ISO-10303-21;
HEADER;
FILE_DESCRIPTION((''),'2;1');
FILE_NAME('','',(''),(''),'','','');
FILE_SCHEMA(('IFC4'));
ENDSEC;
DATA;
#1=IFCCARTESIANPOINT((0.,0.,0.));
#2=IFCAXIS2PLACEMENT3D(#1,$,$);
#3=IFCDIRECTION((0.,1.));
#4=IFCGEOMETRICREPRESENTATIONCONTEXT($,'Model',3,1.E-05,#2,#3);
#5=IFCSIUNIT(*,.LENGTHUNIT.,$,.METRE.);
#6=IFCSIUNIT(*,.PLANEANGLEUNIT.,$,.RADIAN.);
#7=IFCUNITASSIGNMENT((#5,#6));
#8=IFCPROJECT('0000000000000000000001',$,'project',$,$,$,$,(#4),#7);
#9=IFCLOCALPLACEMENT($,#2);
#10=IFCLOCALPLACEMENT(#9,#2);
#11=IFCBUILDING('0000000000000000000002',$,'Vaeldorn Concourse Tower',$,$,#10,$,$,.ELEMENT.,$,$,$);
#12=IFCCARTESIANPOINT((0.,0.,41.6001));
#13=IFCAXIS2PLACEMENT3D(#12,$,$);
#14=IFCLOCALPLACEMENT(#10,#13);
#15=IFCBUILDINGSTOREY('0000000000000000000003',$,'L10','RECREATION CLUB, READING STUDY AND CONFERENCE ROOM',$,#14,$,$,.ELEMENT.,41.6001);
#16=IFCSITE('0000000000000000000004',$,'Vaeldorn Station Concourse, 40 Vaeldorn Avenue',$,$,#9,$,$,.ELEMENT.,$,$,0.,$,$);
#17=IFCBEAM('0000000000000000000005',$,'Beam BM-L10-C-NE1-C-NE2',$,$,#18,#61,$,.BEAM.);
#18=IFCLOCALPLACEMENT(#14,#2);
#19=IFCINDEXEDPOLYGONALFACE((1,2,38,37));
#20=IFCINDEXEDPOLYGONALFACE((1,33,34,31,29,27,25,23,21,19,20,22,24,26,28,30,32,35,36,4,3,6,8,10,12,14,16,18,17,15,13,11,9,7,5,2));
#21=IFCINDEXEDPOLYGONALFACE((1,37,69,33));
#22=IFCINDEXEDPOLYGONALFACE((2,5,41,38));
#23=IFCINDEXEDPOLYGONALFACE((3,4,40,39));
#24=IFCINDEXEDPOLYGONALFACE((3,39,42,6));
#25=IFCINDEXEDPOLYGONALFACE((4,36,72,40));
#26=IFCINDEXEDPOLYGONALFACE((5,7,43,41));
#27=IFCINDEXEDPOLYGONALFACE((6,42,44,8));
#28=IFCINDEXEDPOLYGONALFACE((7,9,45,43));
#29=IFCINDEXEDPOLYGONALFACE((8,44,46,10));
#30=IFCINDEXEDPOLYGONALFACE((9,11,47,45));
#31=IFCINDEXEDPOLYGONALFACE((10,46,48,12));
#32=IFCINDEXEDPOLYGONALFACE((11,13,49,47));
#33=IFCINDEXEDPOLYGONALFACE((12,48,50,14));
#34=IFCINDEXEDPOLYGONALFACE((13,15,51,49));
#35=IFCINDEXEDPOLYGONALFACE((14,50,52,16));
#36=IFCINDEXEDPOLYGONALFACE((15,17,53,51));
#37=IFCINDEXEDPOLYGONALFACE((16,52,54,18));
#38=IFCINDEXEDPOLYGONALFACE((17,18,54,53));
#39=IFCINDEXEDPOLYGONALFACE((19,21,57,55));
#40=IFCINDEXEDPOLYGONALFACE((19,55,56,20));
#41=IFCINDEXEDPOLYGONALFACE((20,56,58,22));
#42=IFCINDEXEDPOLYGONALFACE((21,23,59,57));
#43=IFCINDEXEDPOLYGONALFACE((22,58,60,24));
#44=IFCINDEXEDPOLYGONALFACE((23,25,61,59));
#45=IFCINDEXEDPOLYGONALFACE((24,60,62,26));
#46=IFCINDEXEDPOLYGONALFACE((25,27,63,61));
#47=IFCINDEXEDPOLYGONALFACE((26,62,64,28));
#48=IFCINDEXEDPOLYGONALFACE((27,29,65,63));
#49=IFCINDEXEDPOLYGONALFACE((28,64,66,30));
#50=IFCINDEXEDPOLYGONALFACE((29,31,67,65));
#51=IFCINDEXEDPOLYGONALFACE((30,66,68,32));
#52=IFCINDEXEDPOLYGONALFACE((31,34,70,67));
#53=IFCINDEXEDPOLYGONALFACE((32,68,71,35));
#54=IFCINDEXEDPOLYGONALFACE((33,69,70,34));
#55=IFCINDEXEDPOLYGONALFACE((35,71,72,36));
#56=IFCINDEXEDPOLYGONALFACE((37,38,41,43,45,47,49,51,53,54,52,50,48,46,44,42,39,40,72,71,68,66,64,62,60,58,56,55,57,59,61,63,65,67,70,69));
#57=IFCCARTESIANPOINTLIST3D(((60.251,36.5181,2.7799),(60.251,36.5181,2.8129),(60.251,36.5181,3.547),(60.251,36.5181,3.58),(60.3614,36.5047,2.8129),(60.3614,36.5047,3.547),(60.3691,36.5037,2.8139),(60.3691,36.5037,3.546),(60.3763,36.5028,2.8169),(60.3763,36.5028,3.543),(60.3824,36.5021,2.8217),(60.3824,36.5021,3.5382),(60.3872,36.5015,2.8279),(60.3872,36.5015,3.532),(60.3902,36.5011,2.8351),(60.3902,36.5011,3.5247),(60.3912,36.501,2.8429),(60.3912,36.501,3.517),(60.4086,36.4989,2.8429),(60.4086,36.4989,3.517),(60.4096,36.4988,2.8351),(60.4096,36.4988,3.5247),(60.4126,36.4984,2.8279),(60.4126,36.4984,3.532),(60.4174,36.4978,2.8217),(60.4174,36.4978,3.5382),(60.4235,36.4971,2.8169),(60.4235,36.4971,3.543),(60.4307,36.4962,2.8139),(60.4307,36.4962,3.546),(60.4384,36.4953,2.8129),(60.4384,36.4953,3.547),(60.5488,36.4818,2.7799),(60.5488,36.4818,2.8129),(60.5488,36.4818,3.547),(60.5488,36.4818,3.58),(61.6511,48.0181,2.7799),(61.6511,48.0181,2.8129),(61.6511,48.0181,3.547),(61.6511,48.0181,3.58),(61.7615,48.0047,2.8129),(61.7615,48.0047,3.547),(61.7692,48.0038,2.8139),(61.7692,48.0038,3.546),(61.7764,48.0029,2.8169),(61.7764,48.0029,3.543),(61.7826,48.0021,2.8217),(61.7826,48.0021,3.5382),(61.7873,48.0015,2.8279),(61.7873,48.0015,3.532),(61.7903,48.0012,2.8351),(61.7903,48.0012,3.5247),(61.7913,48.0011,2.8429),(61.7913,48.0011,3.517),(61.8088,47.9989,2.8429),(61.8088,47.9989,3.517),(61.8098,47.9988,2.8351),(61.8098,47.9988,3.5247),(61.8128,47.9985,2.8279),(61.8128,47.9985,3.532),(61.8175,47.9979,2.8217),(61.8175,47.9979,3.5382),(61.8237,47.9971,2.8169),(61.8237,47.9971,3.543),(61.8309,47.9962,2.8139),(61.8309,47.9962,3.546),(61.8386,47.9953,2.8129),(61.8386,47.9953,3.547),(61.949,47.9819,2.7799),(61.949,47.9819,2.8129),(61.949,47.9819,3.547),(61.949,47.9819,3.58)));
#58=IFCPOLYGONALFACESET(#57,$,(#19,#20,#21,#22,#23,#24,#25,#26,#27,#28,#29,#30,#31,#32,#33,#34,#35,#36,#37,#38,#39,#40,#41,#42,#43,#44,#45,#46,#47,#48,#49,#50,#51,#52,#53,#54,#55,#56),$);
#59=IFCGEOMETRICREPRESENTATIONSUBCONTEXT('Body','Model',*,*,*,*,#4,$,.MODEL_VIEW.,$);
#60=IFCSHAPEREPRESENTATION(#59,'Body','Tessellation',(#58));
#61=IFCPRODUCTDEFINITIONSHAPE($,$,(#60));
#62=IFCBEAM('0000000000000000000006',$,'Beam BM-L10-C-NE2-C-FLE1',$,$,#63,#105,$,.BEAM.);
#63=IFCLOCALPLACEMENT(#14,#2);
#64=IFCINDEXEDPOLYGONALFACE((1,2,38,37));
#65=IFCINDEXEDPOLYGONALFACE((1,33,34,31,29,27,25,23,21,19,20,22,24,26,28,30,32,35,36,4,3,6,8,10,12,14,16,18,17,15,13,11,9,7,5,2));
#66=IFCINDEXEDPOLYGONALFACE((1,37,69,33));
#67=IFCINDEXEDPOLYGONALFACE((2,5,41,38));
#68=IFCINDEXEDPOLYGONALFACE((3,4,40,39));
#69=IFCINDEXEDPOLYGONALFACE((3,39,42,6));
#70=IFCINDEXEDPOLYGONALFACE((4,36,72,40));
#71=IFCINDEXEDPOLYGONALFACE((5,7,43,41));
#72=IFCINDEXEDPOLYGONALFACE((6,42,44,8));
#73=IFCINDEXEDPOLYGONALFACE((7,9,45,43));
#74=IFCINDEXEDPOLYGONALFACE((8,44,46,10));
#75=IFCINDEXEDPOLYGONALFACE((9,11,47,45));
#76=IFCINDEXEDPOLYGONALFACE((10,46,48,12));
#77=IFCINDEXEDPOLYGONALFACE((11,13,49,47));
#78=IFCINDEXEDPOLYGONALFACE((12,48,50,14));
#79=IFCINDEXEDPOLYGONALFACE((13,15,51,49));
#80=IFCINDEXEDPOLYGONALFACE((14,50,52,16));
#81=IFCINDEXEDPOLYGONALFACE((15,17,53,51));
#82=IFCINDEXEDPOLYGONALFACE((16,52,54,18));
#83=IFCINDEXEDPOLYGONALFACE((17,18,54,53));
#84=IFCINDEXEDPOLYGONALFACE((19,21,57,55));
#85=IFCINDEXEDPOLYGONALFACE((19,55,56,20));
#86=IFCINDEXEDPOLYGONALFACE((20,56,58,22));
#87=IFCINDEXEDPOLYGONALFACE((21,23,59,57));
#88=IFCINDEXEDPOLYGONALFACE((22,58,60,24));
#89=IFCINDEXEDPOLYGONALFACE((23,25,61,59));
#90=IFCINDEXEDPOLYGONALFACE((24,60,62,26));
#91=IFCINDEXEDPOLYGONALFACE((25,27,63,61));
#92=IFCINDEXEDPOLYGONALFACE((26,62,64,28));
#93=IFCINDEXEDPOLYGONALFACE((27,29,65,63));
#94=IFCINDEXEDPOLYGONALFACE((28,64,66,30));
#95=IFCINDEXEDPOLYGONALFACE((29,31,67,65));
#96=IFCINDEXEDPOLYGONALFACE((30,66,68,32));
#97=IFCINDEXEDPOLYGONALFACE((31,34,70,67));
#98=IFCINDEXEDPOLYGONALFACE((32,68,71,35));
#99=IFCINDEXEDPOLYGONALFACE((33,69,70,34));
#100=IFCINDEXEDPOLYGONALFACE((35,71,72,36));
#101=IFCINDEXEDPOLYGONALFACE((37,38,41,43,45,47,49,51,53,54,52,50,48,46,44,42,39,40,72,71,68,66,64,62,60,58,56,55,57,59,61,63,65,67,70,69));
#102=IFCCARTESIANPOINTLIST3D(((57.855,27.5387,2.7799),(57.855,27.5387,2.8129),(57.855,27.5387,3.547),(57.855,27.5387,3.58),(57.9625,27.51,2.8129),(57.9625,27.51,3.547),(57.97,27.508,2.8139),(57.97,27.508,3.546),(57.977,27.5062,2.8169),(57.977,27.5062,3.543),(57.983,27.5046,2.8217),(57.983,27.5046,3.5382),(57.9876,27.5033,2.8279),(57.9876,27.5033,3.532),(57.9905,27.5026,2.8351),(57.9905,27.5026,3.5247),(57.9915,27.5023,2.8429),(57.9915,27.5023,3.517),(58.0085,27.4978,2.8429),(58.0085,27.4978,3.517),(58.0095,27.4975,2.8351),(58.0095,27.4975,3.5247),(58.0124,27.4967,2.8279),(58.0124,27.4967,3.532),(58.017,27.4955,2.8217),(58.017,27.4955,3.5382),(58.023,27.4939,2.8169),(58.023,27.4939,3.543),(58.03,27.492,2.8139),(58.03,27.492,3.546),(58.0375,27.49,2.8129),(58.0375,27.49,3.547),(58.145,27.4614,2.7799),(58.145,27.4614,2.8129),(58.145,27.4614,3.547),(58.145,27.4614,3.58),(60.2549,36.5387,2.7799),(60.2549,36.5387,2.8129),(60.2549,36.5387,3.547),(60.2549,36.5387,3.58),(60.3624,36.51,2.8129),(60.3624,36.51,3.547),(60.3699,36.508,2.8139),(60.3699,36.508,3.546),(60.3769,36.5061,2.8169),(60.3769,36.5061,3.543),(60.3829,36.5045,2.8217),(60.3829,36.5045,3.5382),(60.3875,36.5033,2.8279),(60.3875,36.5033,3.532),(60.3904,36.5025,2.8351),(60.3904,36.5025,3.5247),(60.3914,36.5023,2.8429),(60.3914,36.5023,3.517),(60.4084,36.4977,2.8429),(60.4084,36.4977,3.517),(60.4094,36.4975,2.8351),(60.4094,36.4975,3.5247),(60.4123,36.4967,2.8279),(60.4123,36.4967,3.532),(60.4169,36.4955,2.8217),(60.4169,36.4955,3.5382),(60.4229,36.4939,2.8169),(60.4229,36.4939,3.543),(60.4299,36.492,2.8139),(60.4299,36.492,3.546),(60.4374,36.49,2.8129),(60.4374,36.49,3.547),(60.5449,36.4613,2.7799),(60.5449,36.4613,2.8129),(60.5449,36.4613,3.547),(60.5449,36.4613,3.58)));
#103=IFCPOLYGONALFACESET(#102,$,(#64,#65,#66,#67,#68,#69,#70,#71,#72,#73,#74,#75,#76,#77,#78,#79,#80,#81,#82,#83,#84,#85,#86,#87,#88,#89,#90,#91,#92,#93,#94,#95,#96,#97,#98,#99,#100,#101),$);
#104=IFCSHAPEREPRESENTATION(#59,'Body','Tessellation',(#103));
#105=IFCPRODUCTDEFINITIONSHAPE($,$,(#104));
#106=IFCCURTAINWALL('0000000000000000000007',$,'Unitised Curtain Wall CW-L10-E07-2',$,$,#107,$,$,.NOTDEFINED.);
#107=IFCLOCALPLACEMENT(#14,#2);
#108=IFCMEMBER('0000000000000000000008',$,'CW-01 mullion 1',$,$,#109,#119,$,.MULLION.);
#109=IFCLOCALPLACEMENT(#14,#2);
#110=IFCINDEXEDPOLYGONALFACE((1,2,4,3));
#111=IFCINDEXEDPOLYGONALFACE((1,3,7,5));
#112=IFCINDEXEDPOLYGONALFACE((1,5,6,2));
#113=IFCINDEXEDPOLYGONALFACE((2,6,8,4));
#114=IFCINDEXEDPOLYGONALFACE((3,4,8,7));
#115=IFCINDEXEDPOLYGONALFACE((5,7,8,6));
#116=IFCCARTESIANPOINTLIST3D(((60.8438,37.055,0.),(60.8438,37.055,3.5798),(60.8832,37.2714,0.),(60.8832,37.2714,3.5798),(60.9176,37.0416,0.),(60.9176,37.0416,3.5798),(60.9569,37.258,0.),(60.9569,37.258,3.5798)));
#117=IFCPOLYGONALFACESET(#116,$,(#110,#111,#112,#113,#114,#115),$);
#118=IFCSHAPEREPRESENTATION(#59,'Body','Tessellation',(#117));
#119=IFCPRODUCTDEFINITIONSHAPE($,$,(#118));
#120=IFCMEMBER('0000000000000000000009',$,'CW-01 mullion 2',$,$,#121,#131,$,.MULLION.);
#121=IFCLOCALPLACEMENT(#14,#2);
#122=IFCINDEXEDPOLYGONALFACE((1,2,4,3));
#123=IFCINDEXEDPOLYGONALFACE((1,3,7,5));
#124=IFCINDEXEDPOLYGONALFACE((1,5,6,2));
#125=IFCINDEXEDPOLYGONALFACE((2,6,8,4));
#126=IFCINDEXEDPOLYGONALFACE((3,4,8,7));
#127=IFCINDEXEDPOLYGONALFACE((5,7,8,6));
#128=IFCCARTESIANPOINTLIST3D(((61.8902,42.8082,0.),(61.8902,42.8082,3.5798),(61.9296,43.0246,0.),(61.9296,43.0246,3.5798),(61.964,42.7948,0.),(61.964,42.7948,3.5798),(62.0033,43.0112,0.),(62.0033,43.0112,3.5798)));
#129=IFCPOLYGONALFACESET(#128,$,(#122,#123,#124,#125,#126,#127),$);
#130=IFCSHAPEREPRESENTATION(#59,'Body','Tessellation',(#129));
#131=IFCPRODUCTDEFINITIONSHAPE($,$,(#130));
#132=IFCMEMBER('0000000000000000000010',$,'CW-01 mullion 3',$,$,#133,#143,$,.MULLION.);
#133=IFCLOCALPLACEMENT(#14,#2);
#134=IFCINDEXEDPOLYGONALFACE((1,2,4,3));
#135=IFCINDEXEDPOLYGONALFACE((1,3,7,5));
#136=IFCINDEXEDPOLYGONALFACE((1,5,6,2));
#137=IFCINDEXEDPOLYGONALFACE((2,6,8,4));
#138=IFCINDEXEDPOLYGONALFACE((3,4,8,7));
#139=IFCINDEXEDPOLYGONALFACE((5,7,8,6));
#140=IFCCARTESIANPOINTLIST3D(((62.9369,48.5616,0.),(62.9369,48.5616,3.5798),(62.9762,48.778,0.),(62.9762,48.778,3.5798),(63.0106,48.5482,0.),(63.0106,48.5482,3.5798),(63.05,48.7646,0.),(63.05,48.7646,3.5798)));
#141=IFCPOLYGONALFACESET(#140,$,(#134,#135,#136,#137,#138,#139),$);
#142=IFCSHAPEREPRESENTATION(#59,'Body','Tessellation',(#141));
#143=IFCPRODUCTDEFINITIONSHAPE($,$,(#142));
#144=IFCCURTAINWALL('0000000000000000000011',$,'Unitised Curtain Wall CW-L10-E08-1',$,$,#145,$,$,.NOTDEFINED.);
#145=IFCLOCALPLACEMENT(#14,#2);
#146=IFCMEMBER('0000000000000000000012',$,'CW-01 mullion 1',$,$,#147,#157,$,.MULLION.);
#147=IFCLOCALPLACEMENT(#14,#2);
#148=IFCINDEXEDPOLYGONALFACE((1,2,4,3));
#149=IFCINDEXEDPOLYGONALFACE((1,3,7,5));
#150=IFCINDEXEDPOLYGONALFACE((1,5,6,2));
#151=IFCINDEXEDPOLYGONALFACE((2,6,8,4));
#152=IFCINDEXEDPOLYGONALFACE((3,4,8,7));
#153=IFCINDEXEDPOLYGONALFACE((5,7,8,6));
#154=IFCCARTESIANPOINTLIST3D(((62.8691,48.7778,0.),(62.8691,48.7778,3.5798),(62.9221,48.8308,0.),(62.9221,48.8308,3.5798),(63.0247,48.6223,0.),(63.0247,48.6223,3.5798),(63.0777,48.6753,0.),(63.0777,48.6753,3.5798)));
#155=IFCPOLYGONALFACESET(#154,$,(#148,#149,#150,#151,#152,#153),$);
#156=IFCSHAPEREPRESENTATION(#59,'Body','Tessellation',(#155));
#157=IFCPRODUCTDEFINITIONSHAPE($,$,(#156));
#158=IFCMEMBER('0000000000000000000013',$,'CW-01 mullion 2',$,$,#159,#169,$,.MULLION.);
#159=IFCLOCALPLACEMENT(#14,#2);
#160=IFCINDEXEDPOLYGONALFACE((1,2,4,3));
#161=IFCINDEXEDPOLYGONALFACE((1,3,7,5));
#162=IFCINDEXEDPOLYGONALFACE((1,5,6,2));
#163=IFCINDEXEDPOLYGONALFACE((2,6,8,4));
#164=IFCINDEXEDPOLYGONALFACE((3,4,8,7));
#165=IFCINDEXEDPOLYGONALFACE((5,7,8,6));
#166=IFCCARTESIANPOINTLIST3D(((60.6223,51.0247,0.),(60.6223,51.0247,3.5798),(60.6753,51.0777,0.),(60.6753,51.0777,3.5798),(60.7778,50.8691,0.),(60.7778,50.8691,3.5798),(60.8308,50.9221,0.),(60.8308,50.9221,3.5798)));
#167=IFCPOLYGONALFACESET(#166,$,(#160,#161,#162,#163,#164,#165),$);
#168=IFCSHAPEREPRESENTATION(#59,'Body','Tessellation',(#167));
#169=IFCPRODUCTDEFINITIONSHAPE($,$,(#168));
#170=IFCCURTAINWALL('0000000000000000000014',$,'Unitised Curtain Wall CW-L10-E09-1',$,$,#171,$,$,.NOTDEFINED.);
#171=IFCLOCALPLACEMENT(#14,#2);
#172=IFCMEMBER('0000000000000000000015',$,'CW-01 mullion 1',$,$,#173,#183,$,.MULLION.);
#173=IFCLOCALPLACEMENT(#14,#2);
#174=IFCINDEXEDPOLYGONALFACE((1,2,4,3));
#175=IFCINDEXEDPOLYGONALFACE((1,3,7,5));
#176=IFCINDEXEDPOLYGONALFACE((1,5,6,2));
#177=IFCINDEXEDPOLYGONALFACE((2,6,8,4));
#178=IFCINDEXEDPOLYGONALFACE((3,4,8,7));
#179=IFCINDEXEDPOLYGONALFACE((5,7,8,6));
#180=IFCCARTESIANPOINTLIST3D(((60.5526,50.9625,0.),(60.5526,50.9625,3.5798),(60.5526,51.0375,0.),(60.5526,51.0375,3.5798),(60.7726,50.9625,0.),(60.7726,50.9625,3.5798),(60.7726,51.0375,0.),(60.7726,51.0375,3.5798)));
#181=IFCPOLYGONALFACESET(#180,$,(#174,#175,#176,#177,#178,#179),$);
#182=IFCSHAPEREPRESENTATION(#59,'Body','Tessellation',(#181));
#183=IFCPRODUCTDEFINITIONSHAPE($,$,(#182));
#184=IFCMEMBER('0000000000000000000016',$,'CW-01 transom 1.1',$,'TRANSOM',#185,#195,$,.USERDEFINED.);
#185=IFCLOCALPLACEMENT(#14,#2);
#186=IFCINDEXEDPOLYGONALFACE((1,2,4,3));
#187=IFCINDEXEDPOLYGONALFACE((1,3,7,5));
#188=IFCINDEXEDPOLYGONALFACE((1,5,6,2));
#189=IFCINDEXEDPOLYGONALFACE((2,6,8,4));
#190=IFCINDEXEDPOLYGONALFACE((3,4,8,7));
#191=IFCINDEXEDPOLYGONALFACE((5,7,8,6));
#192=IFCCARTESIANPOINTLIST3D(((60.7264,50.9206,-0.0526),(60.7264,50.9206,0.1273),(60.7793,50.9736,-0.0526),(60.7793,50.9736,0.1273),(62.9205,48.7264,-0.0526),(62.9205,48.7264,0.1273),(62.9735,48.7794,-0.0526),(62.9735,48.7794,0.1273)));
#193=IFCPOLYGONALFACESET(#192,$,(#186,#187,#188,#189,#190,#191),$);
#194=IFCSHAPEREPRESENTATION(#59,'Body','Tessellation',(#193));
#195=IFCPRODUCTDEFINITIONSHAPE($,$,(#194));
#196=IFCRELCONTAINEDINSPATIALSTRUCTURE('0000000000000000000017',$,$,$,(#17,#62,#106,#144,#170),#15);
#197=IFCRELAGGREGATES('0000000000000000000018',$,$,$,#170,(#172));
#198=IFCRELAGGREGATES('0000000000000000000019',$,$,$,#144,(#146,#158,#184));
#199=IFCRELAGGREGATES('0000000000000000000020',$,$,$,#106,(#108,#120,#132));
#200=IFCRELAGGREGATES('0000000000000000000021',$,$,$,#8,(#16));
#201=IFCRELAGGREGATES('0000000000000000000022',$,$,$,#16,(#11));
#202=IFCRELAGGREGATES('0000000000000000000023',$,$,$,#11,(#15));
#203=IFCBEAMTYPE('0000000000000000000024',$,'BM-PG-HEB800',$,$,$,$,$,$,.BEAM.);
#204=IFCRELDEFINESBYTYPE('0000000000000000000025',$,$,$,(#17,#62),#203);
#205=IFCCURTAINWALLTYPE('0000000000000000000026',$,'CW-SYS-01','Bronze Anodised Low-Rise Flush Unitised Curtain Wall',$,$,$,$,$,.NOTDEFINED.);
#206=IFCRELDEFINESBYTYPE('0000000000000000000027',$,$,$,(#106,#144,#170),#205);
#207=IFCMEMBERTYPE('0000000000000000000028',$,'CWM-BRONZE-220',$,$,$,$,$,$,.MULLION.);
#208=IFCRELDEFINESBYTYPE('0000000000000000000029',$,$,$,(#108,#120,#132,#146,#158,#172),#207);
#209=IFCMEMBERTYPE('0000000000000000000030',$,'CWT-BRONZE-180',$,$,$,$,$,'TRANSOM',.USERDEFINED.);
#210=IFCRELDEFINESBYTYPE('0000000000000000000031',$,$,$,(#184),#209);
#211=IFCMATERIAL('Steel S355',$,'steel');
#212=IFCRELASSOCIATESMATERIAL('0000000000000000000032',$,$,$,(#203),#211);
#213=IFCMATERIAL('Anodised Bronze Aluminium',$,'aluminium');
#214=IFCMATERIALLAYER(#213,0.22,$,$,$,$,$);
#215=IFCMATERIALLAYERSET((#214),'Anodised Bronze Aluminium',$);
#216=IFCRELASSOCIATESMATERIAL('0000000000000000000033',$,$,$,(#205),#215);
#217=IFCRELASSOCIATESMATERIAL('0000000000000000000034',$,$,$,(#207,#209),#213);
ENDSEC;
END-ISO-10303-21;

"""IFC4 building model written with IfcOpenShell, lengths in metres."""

from ifc_helpers import new_model, si_unit, direction, frame, origin, origin_2d, place, context, subcontext, project, spatial, rectangle, i_section, extrude, source, transform, mapped, material, layer, layer_set, material_profile, profile_set, type_object, element, aggregate, save


model = new_model("IFC4")

# Units and contexts
model_context = context("Model", 3, precision=1e-05, world=origin(), true_north=direction((0.0, 1.0)))
body_context = subcontext(model_context, "Body", "Model", "MODEL_VIEW")
ifc_project = project(units=[si_unit("LENGTHUNIT", "METRE"), si_unit("PLANEANGLEUNIT", "RADIAN")], contexts=[model_context])

# Site, building, storey
site_placement = place(None, origin())
site = spatial("IfcSite", under=ifc_project, at=site_placement, Name="Vaeldorn Station Concourse, 40 Vaeldorn Avenue", CompositionType="ELEMENT", RefElevation=0.0)
building_placement = place(site_placement, origin())
building = spatial("IfcBuilding", under=site, at=building_placement, Name="Vaeldorn Concourse Tower", CompositionType="ELEMENT")
storey_placement = place(building_placement, frame((0.0, 0.0, 41.6001)))
storey = spatial("IfcBuildingStorey", under=building, at=storey_placement, Name="L10", Description="RECREATION CLUB, READING STUDY AND CONFERENCE ROOM", CompositionType="ELEMENT", Elevation=41.6001)

# Beams
ifc_material_1 = material(Name="Steel S355", Category="steel")
ifc_material_profile_1 = material_profile(ifc_material_1, i_section(OverallWidth=0.3, OverallDepth=0.8, WebThickness=0.0176, FlangeThickness=0.033, FilletRadius=0.03, at=origin_2d()), Name="HEB 800")
ifc_profile_set_1 = profile_set([ifc_material_profile_1], Name="Steel S355")
beam_type = type_object("IfcBeamType", Name="BM-PG-HEB800", PredefinedType="BEAM", material=ifc_profile_set_1)
shared_shape_1 = source(origin(), body_context, "Body", "SweptSolid", [
    extrude(i_section(OverallWidth=0.3, OverallDepth=0.8, WebThickness=0.0176, FlangeThickness=0.033, FilletRadius=0.03, at=origin_2d()), origin(), (0.0, 0.0, 1.0), 11.585),
])
beam_1_placement = place(storey_placement, frame((61.8, 48.0, 3.1799), z_axis=(-0.120859, -0.99267, 0.0), x_axis=(0.99267, -0.120859, 0.0)))
element("IfcBeam", 1, at=beam_1_placement, inside=storey, type_object=beam_type, Name="Beam BM-L10-C-NE1-C-NE2", PredefinedType="BEAM", context=body_context, shape_type="MappedRepresentation", body=[
    mapped(shared_shape_1, transform((0.0, 0.0, 0.0), scale=1.0)),
])
shared_shape_2 = source(origin(), body_context, "Body", "SweptSolid", [
    extrude(i_section(OverallWidth=0.3, OverallDepth=0.8, WebThickness=0.0176, FlangeThickness=0.033, FilletRadius=0.03, at=origin_2d()), origin(), (0.0, 0.0, 1.0), 9.3145),
])
beam_2_placement = place(storey_placement, frame((60.3999, 36.5, 3.1799), z_axis=(-0.257653, -0.966238, 0.0), x_axis=(0.966238, -0.257653, 0.0)))
element("IfcBeam", 2, at=beam_2_placement, inside=storey, type_object=beam_type, Name="Beam BM-L10-C-NE2-C-FLE1", PredefinedType="BEAM", context=body_context, shape_type="MappedRepresentation", body=[
    mapped(shared_shape_2, transform((0.0, 0.0, 0.0), scale=1.0)),
])

# Curtain walls, members
ifc_material_2 = material(Name="Anodised Bronze Aluminium", Category="aluminium")
ifc_layer_1 = layer(ifc_material_2, 0.22)
ifc_layer_set_1 = layer_set([ifc_layer_1], Name="Anodised Bronze Aluminium")
curtain_wall_type = type_object("IfcCurtainWallType", Name="CW-SYS-01", Description="Bronze Anodised Low-Rise Flush Unitised Curtain Wall", PredefinedType="NOTDEFINED", material=ifc_layer_set_1)
curtain_wall_1_placement = place(storey_placement, origin())
curtain_wall_1 = element("IfcCurtainWall", 3, at=curtain_wall_1_placement, inside=storey, type_object=curtain_wall_type, Name="Unitised Curtain Wall CW-L10-E07-2", PredefinedType="NOTDEFINED")
ifc_material_profile_2 = material_profile(ifc_material_2, rectangle(XDim=0.075, YDim=0.22, at=origin_2d()), Name="CWM 75x220")
ifc_profile_set_2 = profile_set([ifc_material_profile_2], Name="Anodised Bronze Aluminium")
member_type_1 = type_object("IfcMemberType", Name="CWM-BRONZE-220", PredefinedType="MULLION", material=ifc_profile_set_2)
shared_shape_3 = source(origin(), body_context, "Body", "SweptSolid", [
    extrude(rectangle(XDim=0.075, YDim=0.22, at=origin_2d()), origin(), (0.0, 0.0, 1.0), 3.5798),
])
member_1_placement = place(storey_placement, frame((60.9004, 37.1565, 0.0), z_axis=(0.0, 0.0, 1.0), x_axis=(-0.983859, 0.178947, 0.0)))
member_1 = element("IfcMember", 4, at=member_1_placement, type_object=member_type_1, Name="CW-01 mullion 1", PredefinedType="MULLION", context=body_context, shape_type="MappedRepresentation", body=[
    mapped(shared_shape_3, transform((0.0, 0.0, 0.0), scale=1.0)),
])
member_2_placement = place(storey_placement, frame((61.9468, 42.9097, 0.0), z_axis=(0.0, 0.0, 1.0), x_axis=(-0.983859, 0.178947, 0.0)))
member_2 = element("IfcMember", 5, at=member_2_placement, type_object=member_type_1, Name="CW-01 mullion 2", PredefinedType="MULLION", context=body_context, shape_type="MappedRepresentation", body=[
    mapped(shared_shape_3, transform((0.0, 0.0, 0.0), scale=1.0)),
])
member_3_placement = place(storey_placement, frame((62.9934, 48.6631, 0.0), z_axis=(0.0, 0.0, 1.0), x_axis=(-0.983859, 0.178947, 0.0)))
member_3 = element("IfcMember", 6, at=member_3_placement, type_object=member_type_1, Name="CW-01 mullion 3", PredefinedType="MULLION", context=body_context, shape_type="MappedRepresentation", body=[
    mapped(shared_shape_3, transform((0.0, 0.0, 0.0), scale=1.0)),
])
curtain_wall_2_placement = place(storey_placement, origin())
curtain_wall_2 = element("IfcCurtainWall", 7, at=curtain_wall_2_placement, inside=storey, type_object=curtain_wall_type, Name="Unitised Curtain Wall CW-L10-E08-1", PredefinedType="NOTDEFINED")
member_4_placement = place(storey_placement, frame((62.9734, 48.7266, 0.0), z_axis=(0.0, 0.0, 1.0), x_axis=(-0.707107, -0.707107, 0.0)))
member_4 = element("IfcMember", 8, at=member_4_placement, type_object=member_type_1, Name="CW-01 mullion 1", PredefinedType="MULLION", context=body_context, shape_type="MappedRepresentation", body=[
    mapped(shared_shape_3, transform((0.0, 0.0, 0.0), scale=1.0)),
])
member_5_placement = place(storey_placement, frame((60.7266, 50.9734, 0.0), z_axis=(0.0, 0.0, 1.0), x_axis=(-0.707107, -0.707107, 0.0)))
member_5 = element("IfcMember", 9, at=member_5_placement, type_object=member_type_1, Name="CW-01 mullion 2", PredefinedType="MULLION", context=body_context, shape_type="MappedRepresentation", body=[
    mapped(shared_shape_3, transform((0.0, 0.0, 0.0), scale=1.0)),
])

# Curtain wall, member
curtain_wall_3_placement = place(storey_placement, origin())
curtain_wall_3 = element("IfcCurtainWall", 10, at=curtain_wall_3_placement, inside=storey, type_object=curtain_wall_type, Name="Unitised Curtain Wall CW-L10-E09-1", PredefinedType="NOTDEFINED")
member_6_placement = place(storey_placement, frame((60.6626, 51.0, 0.0), z_axis=(0.0, 0.0, 1.0), x_axis=(0.0, -1.0, 0.0)))
member_6 = element("IfcMember", 11, at=member_6_placement, type_object=member_type_1, Name="CW-01 mullion 1", PredefinedType="MULLION", context=body_context, shape_type="MappedRepresentation", body=[
    mapped(shared_shape_3, transform((0.0, 0.0, 0.0), scale=1.0)),
])

# Member
ifc_material_profile_3 = material_profile(ifc_material_2, rectangle(XDim=0.075, YDim=0.1799, at=origin_2d()), Name="CWT 75x180")
ifc_profile_set_3 = profile_set([ifc_material_profile_3], Name="Anodised Bronze Aluminium")
member_type_2 = type_object("IfcMemberType", Name="CWT-BRONZE-180", ElementType="TRANSOM", PredefinedType="USERDEFINED", material=ifc_profile_set_3)
shared_shape_4 = source(origin(), body_context, "Body", "SweptSolid", [
    extrude(rectangle(XDim=0.075, YDim=0.1799, at=origin_2d()), origin(), (0.0, 0.0, 1.0), 3.103),
])
member_7_placement = place(storey_placement, frame((62.947, 48.7529, 0.0374), z_axis=(-0.707107, 0.707107, 0.0), x_axis=(-0.707107, -0.707107, 0.0)))
member_7 = element("IfcMember", 12, at=member_7_placement, type_object=member_type_2, Name="CW-01 transom 1.1", ObjectType="TRANSOM", PredefinedType="USERDEFINED", context=body_context, shape_type="MappedRepresentation", body=[
    mapped(shared_shape_4, transform((0.0, 0.0, 0.0), scale=1.0)),
])
aggregate(curtain_wall_3, [member_6])

aggregate(curtain_wall_2, [member_4, member_5, member_7])
aggregate(curtain_wall_1, [member_1, member_2, member_3])

save(model, "model.ifc")
